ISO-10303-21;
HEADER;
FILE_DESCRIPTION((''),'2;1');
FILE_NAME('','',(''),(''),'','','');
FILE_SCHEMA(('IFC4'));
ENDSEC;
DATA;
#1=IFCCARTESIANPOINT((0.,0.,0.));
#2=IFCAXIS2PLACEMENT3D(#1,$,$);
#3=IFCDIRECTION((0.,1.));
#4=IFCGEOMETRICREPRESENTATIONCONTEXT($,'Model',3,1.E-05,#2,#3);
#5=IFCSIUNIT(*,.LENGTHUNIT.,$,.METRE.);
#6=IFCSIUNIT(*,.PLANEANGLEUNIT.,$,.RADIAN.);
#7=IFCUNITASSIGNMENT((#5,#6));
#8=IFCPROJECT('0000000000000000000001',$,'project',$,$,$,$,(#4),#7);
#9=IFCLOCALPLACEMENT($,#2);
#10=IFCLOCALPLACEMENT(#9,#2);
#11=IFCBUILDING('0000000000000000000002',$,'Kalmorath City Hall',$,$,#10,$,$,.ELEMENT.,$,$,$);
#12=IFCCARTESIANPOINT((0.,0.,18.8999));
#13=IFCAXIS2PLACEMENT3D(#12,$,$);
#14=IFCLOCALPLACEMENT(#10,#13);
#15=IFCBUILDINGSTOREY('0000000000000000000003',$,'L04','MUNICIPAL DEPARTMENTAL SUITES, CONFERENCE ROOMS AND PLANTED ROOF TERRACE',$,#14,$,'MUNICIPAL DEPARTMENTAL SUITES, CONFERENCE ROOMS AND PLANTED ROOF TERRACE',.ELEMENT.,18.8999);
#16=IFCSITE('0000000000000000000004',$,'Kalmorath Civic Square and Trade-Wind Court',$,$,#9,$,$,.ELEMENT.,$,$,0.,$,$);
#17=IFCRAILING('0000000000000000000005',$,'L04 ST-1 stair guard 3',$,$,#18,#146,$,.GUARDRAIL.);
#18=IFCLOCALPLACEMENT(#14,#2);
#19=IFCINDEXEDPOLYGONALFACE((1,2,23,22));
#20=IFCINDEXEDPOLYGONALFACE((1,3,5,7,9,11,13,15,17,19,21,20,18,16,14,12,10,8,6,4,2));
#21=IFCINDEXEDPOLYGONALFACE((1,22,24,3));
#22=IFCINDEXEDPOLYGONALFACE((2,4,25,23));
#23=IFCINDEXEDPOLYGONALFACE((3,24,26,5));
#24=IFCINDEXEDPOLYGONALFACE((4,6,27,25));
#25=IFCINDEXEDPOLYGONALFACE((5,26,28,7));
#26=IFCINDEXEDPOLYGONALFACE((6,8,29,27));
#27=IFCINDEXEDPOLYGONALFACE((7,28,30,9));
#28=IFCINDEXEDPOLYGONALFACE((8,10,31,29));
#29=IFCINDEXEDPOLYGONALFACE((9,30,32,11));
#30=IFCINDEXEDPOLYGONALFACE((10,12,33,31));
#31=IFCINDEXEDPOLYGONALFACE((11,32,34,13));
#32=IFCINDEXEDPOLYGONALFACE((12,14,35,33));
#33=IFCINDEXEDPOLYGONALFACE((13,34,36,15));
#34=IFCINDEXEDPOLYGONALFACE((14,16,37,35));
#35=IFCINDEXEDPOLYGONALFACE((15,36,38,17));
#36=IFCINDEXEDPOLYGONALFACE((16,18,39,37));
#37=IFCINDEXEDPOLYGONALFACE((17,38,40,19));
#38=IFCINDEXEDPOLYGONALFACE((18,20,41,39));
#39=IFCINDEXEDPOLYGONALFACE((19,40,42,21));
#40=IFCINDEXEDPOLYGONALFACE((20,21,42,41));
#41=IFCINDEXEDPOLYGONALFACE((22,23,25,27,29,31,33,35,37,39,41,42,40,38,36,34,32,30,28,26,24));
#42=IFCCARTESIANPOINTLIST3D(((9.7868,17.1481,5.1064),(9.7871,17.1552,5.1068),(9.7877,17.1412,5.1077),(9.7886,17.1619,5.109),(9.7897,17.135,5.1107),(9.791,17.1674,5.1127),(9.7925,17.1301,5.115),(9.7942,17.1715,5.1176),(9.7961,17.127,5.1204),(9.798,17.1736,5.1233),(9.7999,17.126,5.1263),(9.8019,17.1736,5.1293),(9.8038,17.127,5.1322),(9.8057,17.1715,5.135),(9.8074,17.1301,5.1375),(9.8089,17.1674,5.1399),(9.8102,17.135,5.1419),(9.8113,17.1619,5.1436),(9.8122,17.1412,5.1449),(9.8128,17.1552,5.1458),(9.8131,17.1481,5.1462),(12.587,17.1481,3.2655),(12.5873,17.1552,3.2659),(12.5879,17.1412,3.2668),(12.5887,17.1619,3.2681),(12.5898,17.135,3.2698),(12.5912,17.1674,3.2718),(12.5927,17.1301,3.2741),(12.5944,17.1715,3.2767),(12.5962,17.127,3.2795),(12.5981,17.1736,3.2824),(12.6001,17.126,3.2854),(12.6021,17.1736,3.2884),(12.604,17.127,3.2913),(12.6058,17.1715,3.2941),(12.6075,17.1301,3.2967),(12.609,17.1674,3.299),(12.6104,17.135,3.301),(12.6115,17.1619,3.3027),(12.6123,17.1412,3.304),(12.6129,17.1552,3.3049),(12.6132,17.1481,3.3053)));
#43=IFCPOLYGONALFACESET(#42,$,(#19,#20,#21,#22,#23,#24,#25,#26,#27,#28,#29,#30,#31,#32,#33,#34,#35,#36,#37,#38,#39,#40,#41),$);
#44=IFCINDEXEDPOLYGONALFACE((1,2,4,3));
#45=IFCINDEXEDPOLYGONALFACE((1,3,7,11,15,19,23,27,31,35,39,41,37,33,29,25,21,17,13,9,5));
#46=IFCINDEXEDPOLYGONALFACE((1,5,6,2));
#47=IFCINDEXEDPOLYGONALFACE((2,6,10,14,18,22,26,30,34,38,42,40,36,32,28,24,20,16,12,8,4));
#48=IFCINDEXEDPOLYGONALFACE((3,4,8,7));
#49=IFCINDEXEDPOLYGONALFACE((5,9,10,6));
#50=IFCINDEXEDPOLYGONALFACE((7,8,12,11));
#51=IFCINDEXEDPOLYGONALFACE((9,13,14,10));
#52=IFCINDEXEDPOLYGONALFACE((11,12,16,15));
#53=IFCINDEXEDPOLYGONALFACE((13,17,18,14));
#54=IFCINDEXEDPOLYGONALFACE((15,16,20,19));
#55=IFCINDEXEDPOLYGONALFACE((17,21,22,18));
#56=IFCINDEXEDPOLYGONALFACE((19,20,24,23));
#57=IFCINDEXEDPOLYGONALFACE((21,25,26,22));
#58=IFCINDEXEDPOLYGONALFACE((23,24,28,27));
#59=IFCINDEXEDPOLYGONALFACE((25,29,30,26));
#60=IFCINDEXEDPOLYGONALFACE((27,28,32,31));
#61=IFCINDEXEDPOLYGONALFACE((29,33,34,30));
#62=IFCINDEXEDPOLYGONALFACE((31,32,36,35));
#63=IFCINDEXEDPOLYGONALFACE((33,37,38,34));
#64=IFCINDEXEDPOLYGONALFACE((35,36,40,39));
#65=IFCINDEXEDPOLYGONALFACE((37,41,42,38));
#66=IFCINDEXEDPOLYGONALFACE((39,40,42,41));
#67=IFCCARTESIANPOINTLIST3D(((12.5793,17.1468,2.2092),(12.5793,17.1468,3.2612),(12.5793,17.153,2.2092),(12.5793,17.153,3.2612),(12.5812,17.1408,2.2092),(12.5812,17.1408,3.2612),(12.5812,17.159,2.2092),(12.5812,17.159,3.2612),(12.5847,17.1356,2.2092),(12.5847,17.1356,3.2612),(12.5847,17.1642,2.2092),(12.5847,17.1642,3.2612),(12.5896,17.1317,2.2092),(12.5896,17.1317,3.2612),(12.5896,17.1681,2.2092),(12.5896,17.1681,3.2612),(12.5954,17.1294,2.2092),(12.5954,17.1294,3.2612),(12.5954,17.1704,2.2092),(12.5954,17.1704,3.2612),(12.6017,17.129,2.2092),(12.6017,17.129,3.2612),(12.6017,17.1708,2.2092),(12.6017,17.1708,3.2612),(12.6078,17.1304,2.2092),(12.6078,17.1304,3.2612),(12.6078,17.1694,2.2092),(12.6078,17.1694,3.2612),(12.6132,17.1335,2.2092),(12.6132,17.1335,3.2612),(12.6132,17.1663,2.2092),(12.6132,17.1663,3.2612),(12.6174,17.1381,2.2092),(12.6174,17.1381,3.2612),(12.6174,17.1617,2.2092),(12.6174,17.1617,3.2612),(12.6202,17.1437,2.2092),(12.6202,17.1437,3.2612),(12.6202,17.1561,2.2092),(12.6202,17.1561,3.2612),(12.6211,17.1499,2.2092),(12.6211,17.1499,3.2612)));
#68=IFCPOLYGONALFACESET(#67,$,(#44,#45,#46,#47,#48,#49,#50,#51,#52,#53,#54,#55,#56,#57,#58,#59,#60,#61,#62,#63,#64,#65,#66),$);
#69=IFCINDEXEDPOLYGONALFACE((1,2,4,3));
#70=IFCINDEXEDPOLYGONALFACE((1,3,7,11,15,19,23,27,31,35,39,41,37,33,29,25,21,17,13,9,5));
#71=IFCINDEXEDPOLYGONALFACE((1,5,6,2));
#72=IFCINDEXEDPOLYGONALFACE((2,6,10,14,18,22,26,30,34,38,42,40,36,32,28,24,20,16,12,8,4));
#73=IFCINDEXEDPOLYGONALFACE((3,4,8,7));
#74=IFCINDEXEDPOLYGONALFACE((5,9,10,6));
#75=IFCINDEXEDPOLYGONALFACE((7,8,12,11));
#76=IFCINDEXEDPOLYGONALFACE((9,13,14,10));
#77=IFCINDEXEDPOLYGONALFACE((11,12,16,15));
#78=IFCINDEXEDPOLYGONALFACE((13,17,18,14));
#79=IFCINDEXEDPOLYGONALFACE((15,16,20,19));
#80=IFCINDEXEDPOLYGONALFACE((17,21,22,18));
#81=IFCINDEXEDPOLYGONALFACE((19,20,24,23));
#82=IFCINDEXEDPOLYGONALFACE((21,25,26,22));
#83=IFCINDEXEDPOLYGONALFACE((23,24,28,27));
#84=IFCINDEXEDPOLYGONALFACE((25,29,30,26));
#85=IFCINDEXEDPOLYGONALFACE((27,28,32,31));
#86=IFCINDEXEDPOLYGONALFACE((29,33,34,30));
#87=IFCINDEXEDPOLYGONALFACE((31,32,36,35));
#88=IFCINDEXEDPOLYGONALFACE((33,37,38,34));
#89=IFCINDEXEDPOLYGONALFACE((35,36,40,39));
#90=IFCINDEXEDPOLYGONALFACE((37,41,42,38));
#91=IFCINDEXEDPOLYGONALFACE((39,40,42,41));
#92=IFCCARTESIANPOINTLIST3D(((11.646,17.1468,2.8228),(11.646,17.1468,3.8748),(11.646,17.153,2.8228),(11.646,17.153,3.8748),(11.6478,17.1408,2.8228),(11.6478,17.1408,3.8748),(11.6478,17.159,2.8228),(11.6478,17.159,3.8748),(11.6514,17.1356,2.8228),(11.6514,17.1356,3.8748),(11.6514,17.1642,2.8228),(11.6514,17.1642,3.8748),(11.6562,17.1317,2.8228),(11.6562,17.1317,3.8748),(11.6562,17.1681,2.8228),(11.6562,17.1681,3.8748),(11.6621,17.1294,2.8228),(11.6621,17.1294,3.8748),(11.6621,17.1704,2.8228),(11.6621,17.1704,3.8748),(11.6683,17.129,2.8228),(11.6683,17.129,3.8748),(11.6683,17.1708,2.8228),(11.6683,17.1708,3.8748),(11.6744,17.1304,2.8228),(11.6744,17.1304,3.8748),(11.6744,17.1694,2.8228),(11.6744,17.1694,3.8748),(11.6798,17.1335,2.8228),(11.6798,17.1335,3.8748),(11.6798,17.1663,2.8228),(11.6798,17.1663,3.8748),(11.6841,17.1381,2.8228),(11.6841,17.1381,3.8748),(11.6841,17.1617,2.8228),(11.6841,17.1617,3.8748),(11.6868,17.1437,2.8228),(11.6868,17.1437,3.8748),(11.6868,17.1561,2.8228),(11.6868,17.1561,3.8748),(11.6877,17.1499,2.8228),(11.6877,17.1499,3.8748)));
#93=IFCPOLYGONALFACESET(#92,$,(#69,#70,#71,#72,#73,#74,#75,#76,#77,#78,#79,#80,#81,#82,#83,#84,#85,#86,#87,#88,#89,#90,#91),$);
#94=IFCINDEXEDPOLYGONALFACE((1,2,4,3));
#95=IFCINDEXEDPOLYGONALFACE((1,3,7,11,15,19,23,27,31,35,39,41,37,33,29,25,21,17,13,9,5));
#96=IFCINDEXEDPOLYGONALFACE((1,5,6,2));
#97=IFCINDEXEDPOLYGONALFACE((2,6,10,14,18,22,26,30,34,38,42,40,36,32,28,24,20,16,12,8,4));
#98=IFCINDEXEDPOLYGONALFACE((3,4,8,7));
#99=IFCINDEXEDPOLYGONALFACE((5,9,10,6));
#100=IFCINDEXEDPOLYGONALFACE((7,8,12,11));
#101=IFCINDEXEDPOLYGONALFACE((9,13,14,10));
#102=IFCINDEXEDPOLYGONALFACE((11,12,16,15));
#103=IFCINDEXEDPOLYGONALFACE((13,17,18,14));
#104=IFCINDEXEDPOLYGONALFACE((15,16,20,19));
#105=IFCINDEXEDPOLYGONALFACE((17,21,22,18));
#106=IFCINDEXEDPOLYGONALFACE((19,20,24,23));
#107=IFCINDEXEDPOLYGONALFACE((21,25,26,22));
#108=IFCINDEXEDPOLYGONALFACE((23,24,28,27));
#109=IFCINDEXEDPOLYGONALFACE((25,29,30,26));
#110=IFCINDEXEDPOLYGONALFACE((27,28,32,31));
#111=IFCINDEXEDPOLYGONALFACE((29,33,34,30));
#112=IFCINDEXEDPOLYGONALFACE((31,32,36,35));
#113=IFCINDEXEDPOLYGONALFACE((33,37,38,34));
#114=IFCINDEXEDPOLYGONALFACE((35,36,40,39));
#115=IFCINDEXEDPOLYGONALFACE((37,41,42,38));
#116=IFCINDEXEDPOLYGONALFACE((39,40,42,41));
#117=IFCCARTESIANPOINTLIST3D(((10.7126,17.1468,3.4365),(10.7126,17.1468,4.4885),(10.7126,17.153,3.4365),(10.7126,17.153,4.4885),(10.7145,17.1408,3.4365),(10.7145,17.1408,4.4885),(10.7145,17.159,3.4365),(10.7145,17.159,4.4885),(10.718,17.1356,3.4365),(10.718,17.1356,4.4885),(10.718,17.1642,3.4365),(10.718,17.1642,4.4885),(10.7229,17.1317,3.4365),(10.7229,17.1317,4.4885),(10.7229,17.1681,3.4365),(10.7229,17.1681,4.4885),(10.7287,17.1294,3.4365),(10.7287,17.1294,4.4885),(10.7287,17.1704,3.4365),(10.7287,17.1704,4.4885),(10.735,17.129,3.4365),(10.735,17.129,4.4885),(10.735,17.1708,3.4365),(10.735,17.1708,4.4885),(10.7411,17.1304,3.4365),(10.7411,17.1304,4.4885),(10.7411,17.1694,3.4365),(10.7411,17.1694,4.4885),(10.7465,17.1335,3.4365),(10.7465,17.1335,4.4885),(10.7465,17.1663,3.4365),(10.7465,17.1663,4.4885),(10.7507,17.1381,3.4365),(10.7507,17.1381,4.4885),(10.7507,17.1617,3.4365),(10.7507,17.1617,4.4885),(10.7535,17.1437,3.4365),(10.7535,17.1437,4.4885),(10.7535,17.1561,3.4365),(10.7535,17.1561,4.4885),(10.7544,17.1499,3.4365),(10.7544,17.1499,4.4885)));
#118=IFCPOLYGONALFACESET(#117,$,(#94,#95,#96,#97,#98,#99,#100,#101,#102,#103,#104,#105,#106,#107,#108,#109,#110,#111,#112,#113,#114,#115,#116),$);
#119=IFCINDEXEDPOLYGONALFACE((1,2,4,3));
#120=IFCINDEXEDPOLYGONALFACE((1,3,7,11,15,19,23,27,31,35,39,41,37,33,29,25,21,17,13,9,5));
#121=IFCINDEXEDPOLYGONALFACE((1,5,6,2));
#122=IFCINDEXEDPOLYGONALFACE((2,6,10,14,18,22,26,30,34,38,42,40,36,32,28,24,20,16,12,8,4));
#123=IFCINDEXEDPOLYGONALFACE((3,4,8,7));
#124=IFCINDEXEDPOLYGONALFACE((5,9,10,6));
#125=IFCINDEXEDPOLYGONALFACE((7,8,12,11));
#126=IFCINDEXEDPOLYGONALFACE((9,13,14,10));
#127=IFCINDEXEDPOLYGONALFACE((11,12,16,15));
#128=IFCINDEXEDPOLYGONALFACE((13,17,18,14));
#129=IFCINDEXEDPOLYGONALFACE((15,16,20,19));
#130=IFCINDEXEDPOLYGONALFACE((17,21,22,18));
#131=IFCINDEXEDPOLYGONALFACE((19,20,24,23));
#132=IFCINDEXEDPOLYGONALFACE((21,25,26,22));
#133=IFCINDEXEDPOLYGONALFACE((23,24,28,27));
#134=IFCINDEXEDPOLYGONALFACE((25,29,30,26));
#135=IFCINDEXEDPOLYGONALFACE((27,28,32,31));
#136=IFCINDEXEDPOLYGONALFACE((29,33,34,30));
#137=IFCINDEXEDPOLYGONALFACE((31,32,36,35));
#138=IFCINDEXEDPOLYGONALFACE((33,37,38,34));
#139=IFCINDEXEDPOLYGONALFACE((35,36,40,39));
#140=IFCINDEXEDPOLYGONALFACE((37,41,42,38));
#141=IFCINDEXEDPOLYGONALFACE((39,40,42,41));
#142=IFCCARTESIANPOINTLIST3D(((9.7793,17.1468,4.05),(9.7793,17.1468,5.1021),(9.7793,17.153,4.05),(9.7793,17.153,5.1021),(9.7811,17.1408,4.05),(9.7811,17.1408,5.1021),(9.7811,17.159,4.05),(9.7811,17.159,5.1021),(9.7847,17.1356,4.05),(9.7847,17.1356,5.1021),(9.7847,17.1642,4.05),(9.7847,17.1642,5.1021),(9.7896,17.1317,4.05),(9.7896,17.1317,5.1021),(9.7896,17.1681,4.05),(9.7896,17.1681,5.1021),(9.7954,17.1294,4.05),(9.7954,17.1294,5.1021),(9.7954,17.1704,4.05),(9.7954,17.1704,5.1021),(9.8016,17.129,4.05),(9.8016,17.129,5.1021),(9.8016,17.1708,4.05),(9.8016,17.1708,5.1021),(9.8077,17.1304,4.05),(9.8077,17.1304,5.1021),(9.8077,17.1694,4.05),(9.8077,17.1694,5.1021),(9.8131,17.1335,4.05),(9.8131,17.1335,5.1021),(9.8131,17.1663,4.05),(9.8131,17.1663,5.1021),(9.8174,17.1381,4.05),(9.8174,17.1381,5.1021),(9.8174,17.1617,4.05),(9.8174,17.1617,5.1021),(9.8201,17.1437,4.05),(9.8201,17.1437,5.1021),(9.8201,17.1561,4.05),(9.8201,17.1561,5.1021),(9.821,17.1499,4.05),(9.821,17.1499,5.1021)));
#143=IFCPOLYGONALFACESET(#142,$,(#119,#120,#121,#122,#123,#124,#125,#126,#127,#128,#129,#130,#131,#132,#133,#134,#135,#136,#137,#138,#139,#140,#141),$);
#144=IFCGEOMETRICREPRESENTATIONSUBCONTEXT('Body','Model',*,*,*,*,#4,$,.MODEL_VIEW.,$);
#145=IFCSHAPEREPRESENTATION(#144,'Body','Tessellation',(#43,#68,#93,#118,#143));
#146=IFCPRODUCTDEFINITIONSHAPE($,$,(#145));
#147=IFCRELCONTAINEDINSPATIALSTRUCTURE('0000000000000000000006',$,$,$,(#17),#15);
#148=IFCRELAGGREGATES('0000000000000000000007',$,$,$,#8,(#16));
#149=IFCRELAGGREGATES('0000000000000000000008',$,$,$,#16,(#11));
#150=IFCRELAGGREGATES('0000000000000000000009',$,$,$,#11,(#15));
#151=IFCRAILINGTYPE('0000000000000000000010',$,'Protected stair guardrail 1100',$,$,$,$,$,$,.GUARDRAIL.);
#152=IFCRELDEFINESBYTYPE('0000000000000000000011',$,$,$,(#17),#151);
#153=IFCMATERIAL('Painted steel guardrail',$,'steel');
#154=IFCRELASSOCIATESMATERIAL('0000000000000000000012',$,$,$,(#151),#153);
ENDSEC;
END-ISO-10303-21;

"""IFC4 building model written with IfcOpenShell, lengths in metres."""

from ifc_helpers import new_model, si_unit, direction, frame, origin, origin_2d, place, context, subcontext, project, spatial, circle, extrude, material, type_object, element, save


model = new_model("IFC4")

# Units and contexts
model_context = context("Model", 3, precision=1e-05, world=origin(), true_north=direction((0.0, 1.0)))
body_context = subcontext(model_context, "Body", "Model", "MODEL_VIEW")
ifc_project = project(units=[si_unit("LENGTHUNIT", "METRE"), si_unit("PLANEANGLEUNIT", "RADIAN")], contexts=[model_context])

# Site, building, storey
site_placement = place(None, origin())
site = spatial("IfcSite", under=ifc_project, at=site_placement, Name="Kalmorath Civic Square and Trade-Wind Court", CompositionType="ELEMENT", RefElevation=0.0)
building_placement = place(site_placement, origin())
building = spatial("IfcBuilding", under=site, at=building_placement, Name="Kalmorath City Hall", CompositionType="ELEMENT")
storey_placement = place(building_placement, frame((0.0, 0.0, 18.8999)))
storey = spatial("IfcBuildingStorey", under=building, at=storey_placement, Name="L04", Description="MUNICIPAL DEPARTMENTAL SUITES, CONFERENCE ROOMS AND PLANTED ROOF TERRACE", LongName="MUNICIPAL DEPARTMENTAL SUITES, CONFERENCE ROOMS AND PLANTED ROOF TERRACE", CompositionType="ELEMENT", Elevation=18.8999)

# Railing
ifc_material_1 = material(Name="Painted steel guardrail", Category="steel")
railing_type_1 = type_object("IfcRailingType", Name="Protected stair guardrail 1100", PredefinedType="GUARDRAIL", material=ifc_material_1)
railing_1_placement = place(storey_placement, frame((12.6001, 17.1499, 2.2092)))
element("IfcRailing", 1, at=railing_1_placement, inside=storey, type_object=railing_type_1, Name="L04 ST-1 stair guard 3", PredefinedType="GUARDRAIL", context=body_context, shape_type="SweptSolid", body=[
    extrude(circle(Radius=0.0239, at=origin_2d()), frame((0.0, 0.0, 1.0762), z_axis=(-0.835598, 0.0, 0.549342), x_axis=(0.0, -1.0, 0.0)), (0.0, 0.0, 1.0), 3.3511),
    extrude(circle(Radius=0.021, at=origin_2d()), origin(), (0.0, 0.0, 1.0), 1.052),
    extrude(circle(Radius=0.021, at=origin_2d()), frame((-0.9333, 0.0, 0.6135)), (0.0, 0.0, 1.0), 1.052),
    extrude(circle(Radius=0.021, at=origin_2d()), frame((-1.8667, 0.0, 1.2273)), (0.0, 0.0, 1.0), 1.052),
    extrude(circle(Radius=0.021, at=origin_2d()), frame((-2.8, 0.0, 1.8408)), (0.0, 0.0, 1.0), 1.052),
])

save(model, "model.ifc")
